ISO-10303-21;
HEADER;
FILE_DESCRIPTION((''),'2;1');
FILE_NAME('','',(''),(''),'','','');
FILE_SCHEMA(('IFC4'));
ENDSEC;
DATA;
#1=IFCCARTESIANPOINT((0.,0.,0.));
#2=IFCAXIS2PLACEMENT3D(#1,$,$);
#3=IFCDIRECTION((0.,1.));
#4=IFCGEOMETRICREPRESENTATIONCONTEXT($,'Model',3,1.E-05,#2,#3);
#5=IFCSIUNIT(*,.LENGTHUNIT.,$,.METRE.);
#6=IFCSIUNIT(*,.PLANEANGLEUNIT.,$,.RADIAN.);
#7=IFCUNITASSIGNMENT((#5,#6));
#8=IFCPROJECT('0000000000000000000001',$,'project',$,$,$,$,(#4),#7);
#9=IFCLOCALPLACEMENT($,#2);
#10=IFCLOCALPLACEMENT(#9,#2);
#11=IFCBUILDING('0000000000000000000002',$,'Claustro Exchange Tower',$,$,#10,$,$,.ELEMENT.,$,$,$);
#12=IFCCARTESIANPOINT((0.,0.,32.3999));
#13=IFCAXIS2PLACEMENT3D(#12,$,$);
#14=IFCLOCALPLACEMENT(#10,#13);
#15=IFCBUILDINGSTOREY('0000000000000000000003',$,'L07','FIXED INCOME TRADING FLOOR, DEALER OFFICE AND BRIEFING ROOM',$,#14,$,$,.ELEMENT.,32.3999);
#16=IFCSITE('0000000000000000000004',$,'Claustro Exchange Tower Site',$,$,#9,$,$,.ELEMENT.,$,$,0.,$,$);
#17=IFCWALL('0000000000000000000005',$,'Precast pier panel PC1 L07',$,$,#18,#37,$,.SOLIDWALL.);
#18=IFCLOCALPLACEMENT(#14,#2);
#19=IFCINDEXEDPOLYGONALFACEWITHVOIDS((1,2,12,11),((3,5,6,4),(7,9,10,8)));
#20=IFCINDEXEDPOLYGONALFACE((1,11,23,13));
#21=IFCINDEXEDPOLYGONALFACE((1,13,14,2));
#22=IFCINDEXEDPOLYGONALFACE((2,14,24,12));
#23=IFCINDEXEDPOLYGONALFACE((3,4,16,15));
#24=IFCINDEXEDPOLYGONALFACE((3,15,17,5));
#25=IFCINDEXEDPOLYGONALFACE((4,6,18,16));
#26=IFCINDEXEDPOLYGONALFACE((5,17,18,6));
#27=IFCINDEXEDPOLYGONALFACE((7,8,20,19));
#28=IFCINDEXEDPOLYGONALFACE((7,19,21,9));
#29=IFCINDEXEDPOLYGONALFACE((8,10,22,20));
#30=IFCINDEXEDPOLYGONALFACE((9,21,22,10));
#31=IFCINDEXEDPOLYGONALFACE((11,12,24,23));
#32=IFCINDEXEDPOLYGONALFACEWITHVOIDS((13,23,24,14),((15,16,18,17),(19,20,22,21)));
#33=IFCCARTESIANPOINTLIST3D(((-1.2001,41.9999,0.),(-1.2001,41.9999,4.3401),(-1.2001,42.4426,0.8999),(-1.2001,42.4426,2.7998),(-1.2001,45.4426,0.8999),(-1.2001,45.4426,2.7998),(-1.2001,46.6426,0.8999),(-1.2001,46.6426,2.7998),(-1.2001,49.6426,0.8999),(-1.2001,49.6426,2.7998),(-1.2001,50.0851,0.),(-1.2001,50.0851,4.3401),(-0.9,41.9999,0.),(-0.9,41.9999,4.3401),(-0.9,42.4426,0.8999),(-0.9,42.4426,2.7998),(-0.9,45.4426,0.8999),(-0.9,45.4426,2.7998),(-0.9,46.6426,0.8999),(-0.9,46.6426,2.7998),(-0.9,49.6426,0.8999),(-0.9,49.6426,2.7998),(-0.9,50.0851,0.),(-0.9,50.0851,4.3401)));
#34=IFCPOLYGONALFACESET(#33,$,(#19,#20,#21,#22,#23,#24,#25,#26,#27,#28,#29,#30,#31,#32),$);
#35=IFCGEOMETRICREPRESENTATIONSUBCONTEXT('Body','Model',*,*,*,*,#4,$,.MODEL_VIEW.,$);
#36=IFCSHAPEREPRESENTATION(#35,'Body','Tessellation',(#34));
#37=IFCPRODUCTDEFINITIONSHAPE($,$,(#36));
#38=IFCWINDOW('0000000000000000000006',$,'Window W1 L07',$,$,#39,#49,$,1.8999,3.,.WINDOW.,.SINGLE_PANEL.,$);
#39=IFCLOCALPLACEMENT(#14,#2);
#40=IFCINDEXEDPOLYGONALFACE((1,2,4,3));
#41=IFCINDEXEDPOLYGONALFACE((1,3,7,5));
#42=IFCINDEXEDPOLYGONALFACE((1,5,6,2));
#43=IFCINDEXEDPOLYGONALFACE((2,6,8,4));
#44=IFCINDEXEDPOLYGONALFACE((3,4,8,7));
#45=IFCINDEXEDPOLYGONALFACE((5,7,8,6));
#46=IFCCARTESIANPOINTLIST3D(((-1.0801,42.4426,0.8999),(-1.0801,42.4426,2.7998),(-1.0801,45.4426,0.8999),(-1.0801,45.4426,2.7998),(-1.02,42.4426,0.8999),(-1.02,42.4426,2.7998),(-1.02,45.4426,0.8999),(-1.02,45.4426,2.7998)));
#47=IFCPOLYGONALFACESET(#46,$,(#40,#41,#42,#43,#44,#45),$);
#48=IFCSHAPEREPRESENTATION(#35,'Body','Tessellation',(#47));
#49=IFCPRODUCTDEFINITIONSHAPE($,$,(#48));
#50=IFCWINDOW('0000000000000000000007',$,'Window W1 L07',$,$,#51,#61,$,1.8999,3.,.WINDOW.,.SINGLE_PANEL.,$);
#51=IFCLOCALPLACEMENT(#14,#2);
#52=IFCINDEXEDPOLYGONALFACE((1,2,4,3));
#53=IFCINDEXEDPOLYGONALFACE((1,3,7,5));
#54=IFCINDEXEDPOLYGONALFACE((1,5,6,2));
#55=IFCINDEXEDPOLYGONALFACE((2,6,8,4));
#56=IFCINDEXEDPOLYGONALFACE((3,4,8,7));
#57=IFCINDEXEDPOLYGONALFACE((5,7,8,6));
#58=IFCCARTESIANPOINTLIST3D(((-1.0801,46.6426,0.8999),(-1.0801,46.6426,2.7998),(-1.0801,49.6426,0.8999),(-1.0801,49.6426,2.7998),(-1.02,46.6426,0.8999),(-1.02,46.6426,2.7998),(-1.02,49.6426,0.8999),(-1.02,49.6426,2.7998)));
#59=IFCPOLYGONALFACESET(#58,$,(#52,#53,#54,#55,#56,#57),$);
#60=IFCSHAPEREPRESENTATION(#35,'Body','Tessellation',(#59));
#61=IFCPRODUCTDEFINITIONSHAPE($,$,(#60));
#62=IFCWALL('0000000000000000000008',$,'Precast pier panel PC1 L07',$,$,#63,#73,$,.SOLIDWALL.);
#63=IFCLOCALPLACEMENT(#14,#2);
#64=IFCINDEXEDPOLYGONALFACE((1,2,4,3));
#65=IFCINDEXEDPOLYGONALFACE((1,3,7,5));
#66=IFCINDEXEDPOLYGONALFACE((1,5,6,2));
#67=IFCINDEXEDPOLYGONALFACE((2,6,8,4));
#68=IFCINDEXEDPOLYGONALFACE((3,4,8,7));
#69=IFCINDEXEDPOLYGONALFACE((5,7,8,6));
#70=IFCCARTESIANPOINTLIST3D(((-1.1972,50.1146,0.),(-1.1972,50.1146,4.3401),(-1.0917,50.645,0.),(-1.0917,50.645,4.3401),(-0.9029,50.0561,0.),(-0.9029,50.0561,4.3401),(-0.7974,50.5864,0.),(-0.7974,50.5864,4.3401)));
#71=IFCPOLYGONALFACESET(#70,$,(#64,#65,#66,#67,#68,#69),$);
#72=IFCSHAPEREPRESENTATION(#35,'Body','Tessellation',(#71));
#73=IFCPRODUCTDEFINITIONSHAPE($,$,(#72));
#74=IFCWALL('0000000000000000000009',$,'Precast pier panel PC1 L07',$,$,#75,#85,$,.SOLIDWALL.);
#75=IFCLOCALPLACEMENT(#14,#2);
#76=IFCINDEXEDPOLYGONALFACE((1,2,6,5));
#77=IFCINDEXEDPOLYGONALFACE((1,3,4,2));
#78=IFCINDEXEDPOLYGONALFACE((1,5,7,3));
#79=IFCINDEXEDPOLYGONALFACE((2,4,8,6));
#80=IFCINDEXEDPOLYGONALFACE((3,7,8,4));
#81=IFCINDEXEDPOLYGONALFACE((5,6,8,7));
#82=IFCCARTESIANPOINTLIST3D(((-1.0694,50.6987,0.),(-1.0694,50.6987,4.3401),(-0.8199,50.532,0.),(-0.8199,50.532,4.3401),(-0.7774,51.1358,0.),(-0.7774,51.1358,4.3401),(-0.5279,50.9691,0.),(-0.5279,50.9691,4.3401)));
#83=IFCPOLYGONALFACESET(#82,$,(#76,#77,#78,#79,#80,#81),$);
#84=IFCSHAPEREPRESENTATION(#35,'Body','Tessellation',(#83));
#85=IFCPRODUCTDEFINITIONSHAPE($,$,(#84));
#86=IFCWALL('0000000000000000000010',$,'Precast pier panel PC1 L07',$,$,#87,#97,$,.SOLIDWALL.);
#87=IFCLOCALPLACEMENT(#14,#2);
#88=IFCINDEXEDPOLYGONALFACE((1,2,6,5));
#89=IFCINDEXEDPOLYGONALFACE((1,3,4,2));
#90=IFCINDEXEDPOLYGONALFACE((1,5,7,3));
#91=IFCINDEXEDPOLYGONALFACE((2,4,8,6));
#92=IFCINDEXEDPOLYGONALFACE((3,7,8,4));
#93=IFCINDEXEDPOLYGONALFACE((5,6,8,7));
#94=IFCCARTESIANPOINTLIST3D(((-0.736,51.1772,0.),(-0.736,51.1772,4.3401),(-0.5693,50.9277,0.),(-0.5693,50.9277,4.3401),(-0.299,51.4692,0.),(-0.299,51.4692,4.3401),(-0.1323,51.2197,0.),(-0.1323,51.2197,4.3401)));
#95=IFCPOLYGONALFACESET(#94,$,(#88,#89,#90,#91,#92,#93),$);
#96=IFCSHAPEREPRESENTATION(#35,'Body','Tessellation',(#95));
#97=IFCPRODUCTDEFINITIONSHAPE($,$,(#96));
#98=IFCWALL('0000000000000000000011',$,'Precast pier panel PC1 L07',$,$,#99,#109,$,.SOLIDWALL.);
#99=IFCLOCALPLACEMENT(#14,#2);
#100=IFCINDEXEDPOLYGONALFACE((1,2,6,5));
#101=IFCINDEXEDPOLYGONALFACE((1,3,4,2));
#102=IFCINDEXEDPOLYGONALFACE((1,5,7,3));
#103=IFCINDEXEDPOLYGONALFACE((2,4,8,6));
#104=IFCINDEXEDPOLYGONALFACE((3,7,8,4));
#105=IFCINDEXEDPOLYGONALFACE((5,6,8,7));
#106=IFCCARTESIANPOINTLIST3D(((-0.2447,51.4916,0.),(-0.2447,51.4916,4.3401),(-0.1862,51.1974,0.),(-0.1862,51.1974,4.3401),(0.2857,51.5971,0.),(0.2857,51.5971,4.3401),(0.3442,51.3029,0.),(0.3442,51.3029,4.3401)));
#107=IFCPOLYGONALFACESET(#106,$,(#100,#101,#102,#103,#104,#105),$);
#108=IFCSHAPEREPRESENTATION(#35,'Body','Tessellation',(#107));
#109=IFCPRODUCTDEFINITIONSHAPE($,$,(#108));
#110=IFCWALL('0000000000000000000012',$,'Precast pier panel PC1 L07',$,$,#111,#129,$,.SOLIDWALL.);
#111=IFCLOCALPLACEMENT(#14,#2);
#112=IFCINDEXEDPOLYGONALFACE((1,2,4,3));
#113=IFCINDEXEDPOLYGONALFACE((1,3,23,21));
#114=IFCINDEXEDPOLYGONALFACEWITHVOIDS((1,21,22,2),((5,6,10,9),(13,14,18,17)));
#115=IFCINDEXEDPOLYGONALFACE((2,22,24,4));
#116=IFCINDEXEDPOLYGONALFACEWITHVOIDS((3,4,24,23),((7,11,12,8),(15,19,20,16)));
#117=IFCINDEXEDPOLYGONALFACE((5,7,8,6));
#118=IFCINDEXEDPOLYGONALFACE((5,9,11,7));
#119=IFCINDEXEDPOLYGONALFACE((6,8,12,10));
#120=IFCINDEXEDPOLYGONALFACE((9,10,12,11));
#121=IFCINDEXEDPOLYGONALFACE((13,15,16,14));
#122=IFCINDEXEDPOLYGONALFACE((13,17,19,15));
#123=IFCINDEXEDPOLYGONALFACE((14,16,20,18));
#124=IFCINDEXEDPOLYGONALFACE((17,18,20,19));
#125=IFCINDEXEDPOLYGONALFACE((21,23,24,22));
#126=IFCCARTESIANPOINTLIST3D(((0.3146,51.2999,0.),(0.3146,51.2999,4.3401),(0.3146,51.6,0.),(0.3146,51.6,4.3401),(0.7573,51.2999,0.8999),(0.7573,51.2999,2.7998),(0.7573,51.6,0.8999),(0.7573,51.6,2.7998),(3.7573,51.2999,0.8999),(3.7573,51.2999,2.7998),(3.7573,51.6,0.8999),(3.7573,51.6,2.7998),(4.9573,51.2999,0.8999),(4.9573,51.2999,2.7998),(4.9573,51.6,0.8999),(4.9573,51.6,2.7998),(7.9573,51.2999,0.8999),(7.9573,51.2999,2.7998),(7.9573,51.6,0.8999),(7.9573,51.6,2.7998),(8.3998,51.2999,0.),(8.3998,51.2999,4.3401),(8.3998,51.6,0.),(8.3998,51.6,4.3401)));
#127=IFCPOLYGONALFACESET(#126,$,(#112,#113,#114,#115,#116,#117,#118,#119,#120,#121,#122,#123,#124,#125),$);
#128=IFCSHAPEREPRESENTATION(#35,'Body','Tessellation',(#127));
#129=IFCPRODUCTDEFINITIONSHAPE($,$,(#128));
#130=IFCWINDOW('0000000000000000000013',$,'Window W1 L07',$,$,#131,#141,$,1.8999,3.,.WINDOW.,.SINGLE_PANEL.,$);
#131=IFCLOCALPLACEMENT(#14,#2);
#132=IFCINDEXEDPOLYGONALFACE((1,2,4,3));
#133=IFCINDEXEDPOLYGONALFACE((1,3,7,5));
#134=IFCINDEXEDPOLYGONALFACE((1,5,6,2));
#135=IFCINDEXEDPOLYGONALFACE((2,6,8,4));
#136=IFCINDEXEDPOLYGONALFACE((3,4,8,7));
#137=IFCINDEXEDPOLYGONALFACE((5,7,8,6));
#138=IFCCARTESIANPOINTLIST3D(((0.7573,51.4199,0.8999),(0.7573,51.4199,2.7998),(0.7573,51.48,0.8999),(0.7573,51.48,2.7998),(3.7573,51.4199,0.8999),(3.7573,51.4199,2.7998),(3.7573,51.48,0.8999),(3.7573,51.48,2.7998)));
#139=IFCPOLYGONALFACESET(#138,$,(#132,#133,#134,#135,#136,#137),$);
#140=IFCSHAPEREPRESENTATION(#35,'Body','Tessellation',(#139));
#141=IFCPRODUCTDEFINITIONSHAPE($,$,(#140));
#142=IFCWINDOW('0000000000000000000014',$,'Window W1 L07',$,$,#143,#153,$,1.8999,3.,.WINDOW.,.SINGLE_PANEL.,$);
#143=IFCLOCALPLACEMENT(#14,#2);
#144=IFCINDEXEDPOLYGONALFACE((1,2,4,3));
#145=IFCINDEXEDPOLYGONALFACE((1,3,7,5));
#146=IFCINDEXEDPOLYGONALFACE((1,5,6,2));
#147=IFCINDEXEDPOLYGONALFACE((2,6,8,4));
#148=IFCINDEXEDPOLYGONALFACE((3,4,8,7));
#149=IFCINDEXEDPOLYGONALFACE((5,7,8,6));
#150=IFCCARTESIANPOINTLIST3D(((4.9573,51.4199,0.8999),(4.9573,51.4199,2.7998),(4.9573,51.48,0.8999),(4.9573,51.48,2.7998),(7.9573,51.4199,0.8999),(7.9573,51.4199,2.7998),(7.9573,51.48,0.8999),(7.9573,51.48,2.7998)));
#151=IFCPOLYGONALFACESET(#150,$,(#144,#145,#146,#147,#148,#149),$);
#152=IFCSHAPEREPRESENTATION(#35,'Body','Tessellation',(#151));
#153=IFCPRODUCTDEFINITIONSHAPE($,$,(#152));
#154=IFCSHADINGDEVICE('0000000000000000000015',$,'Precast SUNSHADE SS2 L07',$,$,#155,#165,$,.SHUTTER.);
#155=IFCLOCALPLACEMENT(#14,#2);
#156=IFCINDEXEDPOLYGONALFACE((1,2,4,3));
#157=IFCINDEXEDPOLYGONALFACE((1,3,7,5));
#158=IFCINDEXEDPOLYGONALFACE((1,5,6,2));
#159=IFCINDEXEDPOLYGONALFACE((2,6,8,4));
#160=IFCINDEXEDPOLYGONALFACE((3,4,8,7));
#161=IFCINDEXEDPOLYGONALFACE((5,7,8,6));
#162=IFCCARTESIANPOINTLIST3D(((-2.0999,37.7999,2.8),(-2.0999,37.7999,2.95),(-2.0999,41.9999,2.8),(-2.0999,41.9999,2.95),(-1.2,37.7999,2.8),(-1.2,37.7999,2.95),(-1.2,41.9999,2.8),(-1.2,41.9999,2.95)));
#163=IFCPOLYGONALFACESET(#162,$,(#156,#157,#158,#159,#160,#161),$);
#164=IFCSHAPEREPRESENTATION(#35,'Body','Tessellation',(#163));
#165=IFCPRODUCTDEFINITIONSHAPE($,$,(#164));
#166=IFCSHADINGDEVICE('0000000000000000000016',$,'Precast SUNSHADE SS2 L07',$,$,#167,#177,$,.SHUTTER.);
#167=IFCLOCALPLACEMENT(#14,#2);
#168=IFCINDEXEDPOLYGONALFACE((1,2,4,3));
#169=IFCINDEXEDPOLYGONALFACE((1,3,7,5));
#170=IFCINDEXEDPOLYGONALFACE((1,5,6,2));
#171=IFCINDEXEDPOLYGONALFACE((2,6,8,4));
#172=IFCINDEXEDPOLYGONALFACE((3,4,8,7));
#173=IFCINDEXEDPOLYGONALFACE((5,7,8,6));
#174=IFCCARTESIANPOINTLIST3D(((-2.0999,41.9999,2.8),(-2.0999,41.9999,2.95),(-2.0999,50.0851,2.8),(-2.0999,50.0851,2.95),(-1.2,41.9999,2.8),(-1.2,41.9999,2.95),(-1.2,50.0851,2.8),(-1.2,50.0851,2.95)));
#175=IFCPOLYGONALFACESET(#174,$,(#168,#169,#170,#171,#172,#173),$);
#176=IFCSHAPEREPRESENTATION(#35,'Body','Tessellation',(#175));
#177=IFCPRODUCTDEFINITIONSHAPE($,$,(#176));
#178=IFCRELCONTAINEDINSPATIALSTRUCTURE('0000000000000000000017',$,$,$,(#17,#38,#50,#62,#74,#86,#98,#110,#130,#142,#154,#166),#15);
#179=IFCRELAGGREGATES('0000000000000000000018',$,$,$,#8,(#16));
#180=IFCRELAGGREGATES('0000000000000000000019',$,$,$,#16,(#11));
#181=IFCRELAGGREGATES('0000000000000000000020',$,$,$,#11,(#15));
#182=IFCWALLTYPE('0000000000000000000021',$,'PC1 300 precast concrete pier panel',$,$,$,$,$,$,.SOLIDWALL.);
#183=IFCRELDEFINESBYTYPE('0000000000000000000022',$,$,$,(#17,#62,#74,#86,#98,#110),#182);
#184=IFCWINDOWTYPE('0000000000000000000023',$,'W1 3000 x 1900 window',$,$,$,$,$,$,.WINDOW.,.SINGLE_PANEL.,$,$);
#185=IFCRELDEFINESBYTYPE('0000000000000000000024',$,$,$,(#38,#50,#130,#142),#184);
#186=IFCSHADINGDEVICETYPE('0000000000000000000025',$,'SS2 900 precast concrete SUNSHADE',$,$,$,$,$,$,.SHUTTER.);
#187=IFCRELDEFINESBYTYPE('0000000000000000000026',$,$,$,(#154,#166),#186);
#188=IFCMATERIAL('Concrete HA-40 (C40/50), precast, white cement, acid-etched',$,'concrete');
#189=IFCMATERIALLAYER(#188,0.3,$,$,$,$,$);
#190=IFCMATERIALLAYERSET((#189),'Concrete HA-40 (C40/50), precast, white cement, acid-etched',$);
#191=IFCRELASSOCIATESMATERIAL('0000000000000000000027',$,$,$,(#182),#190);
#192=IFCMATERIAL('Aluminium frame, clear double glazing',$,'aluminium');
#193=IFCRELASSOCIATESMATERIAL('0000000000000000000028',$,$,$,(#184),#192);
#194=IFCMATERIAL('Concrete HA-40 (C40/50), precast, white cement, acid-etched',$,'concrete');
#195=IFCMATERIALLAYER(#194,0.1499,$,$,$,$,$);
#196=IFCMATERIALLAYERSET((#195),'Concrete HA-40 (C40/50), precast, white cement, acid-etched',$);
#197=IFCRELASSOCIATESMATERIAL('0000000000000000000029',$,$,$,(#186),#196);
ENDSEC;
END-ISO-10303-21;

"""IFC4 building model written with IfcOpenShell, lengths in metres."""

from ifc_helpers import new_model, si_unit, direction, frame, frame_2d, origin, origin_2d, place, context, subcontext, project, spatial, rectangle, extrude, material, layer, layer_set, type_object, element, fill, save


model = new_model("IFC4")

# Units and contexts
model_context = context("Model", 3, precision=1e-05, world=origin(), true_north=direction((0.0, 1.0)))
body_context = subcontext(model_context, "Body", "Model", "MODEL_VIEW")
ifc_project = project(units=[si_unit("LENGTHUNIT", "METRE"), si_unit("PLANEANGLEUNIT", "RADIAN")], contexts=[model_context])

# Site, building, storey
site_placement = place(None, origin())
site = spatial("IfcSite", under=ifc_project, at=site_placement, Name="Claustro Exchange Tower Site", CompositionType="ELEMENT", RefElevation=0.0)
building_placement = place(site_placement, origin())
building = spatial("IfcBuilding", under=site, at=building_placement, Name="Claustro Exchange Tower", CompositionType="ELEMENT")
storey_placement = place(building_placement, frame((0.0, 0.0, 32.3999)))
storey = spatial("IfcBuildingStorey", under=building, at=storey_placement, Name="L07", Description="FIXED INCOME TRADING FLOOR, DEALER OFFICE AND BRIEFING ROOM", CompositionType="ELEMENT", Elevation=32.3999)

# Wall, openings, windows
ifc_material_1 = material(Name="Concrete HA-40 (C40/50), precast, white cement, acid-etched", Category="concrete")
ifc_layer_1 = layer(ifc_material_1, 0.3)
ifc_layer_set_1 = layer_set([ifc_layer_1], Name="Concrete HA-40 (C40/50), precast, white cement, acid-etched")
wall_type_1 = type_object("IfcWallType", Name="PC1 300 precast concrete pier panel", PredefinedType="SOLIDWALL", material=ifc_layer_set_1)
wall_1_placement = place(storey_placement, frame((-1.05, 42.0, 0.0), z_axis=(0.0, 0.0, 1.0), x_axis=(0.0, 1.0, 0.0)))
wall_1 = element("IfcWall", 1, at=wall_1_placement, inside=storey, type_object=wall_type_1, Name="Precast pier panel PC1 L07", PredefinedType="SOLIDWALL", context=body_context, shape_type="SweptSolid", body=[
    extrude(rectangle(XDim=8.0852, YDim=0.3, at=frame_2d((4.0425, 0.0))), origin(), (0.0, 0.0, 1.0), 4.3401),
])
opening_1_placement = place(wall_1_placement, frame((0.4426, 0.0, 0.8999)))
opening_1 = element("IfcOpeningElement", 2, at=opening_1_placement, cuts=wall_1, PredefinedType="OPENING", context=body_context, shape_type="SweptSolid", body=[
    extrude(rectangle(XDim=3.0, YDim=1.8999, at=frame_2d((1.5, 0.95))), frame((0.0, 0.1599, 0.0), z_axis=(0.0, -1.0, 0.0), x_axis=(1.0, 0.0, 0.0)), (0.0, 0.0, 1.0), 0.3201),
])
opening_2_placement = place(wall_1_placement, frame((4.6426, 0.0, 0.8999)))
opening_2 = element("IfcOpeningElement", 3, at=opening_2_placement, cuts=wall_1, PredefinedType="OPENING", context=body_context, shape_type="SweptSolid", body=[
    extrude(rectangle(XDim=3.0, YDim=1.8999, at=frame_2d((1.5, 0.95))), frame((0.0, 0.1599, 0.0), z_axis=(0.0, -1.0, 0.0), x_axis=(1.0, 0.0, 0.0)), (0.0, 0.0, 1.0), 0.3201),
])
ifc_material_2 = material(Name="Aluminium frame, clear double glazing", Category="aluminium")
window_type = type_object("IfcWindowType", Name="W1 3000 x 1900 window", PartitioningType="SINGLE_PANEL", PredefinedType="WINDOW", material=ifc_material_2)
window_1_placement = place(opening_1_placement, origin())
window_1 = element("IfcWindow", 4, at=window_1_placement, inside=storey, type_object=window_type, Name="Window W1 L07", OverallHeight=1.8999, OverallWidth=3.0, PartitioningType="SINGLE_PANEL", PredefinedType="WINDOW", context=body_context, shape_type="SweptSolid", body=[
    extrude(rectangle(XDim=3.0, YDim=1.8999, at=frame_2d((1.5, 0.95))), frame((0.0, 0.03, 0.0), z_axis=(0.0, -1.0, 0.0), x_axis=(1.0, 0.0, 0.0)), (0.0, 0.0, 1.0), 0.0601),
])
fill(opening_1, window_1)
window_2_placement = place(opening_2_placement, origin())
window_2 = element("IfcWindow", 5, at=window_2_placement, inside=storey, type_object=window_type, Name="Window W1 L07", OverallHeight=1.8999, OverallWidth=3.0, PartitioningType="SINGLE_PANEL", PredefinedType="WINDOW", context=body_context, shape_type="SweptSolid", body=[
    extrude(rectangle(XDim=3.0, YDim=1.8999, at=frame_2d((1.5, 0.95))), frame((0.0, 0.03, 0.0), z_axis=(0.0, -1.0, 0.0), x_axis=(1.0, 0.0, 0.0)), (0.0, 0.0, 1.0), 0.0601),
])
fill(opening_2, window_2)

# Walls
wall_2_placement = place(storey_placement, frame((-1.05, 50.0852, 0.0), z_axis=(0.0, 0.0, 1.0), x_axis=(0.195074, 0.980789, 0.0)))
element("IfcWall", 6, at=wall_2_placement, inside=storey, type_object=wall_type_1, Name="Precast pier panel PC1 L07", PredefinedType="SOLIDWALL", context=body_context, shape_type="SweptSolid", body=[
    extrude(rectangle(XDim=0.5408, YDim=0.3, at=frame_2d((0.2705, 0.0))), origin(), (0.0, 0.0, 1.0), 4.3401),
])
for number, where, z_axis, x_axis, name in (
    (7, (-0.9446, 50.6155, 0.0), (0.0, 0.0, 1.0), (0.555557, 0.831478, 0.0), "Precast pier panel PC1 L07"),
    (8, (-0.6526, 51.0525, 0.0), (0.0, 0.0, 1.0), (0.831478, 0.555557, 0.0), "Precast pier panel PC1 L07"),
):
    element("IfcWall", number, at=place(storey_placement, frame(where, z_axis=z_axis, x_axis=x_axis)), inside=storey, type_object=wall_type_1, Name=name, PredefinedType="SOLIDWALL", context=body_context, shape_type="SweptSolid", body=[
        extrude(rectangle(XDim=0.5256, YDim=0.3, at=frame_2d((0.2627, 0.0))), origin(), (0.0, 0.0, 1.0), 4.3401),
    ])
wall_3_placement = place(storey_placement, frame((-0.2156, 51.3445, 0.0), z_axis=(0.0, 0.0, 1.0), x_axis=(0.980789, 0.195074, 0.0)))
element("IfcWall", 9, at=wall_3_placement, inside=storey, type_object=wall_type_1, Name="Precast pier panel PC1 L07", PredefinedType="SOLIDWALL", context=body_context, shape_type="SweptSolid", body=[
    extrude(rectangle(XDim=0.5408, YDim=0.3, at=frame_2d((0.2705, 0.0))), origin(), (0.0, 0.0, 1.0), 4.3401),
])

# Wall, openings, windows
wall_4_placement = place(storey_placement, frame((0.3147, 51.45, 0.0), z_axis=(0.0, 0.0, 1.0), x_axis=(1.0, 0.0, 0.0)))
wall_4 = element("IfcWall", 10, at=wall_4_placement, inside=storey, type_object=wall_type_1, Name="Precast pier panel PC1 L07", PredefinedType="SOLIDWALL", context=body_context, shape_type="SweptSolid", body=[
    extrude(rectangle(XDim=8.0852, YDim=0.3, at=frame_2d((4.0425, 0.0))), origin(), (0.0, 0.0, 1.0), 4.3401),
])
opening_3_placement = place(wall_4_placement, frame((0.4426, 0.0, 0.8999)))
opening_3 = element("IfcOpeningElement", 11, at=opening_3_placement, cuts=wall_4, PredefinedType="OPENING", context=body_context, shape_type="SweptSolid", body=[
    extrude(rectangle(XDim=3.0, YDim=1.8999, at=frame_2d((1.5, 0.95))), frame((0.0, 0.1599, 0.0), z_axis=(0.0, -1.0, 0.0), x_axis=(1.0, 0.0, 0.0)), (0.0, 0.0, 1.0), 0.3201),
])
opening_4_placement = place(wall_4_placement, frame((4.6426, 0.0, 0.8999)))
opening_4 = element("IfcOpeningElement", 12, at=opening_4_placement, cuts=wall_4, PredefinedType="OPENING", context=body_context, shape_type="SweptSolid", body=[
    extrude(rectangle(XDim=3.0, YDim=1.8999, at=frame_2d((1.5, 0.95))), frame((0.0, 0.1599, 0.0), z_axis=(0.0, -1.0, 0.0), x_axis=(1.0, 0.0, 0.0)), (0.0, 0.0, 1.0), 0.3201),
])
window_3_placement = place(opening_3_placement, origin())
window_3 = element("IfcWindow", 13, at=window_3_placement, inside=storey, type_object=window_type, Name="Window W1 L07", OverallHeight=1.8999, OverallWidth=3.0, PartitioningType="SINGLE_PANEL", PredefinedType="WINDOW", context=body_context, shape_type="SweptSolid", body=[
    extrude(rectangle(XDim=3.0, YDim=1.8999, at=frame_2d((1.5, 0.95))), frame((0.0, 0.03, 0.0), z_axis=(0.0, -1.0, 0.0), x_axis=(1.0, 0.0, 0.0)), (0.0, 0.0, 1.0), 0.0601),
])
fill(opening_3, window_3)
window_4_placement = place(opening_4_placement, origin())
window_4 = element("IfcWindow", 14, at=window_4_placement, inside=storey, type_object=window_type, Name="Window W1 L07", OverallHeight=1.8999, OverallWidth=3.0, PartitioningType="SINGLE_PANEL", PredefinedType="WINDOW", context=body_context, shape_type="SweptSolid", body=[
    extrude(rectangle(XDim=3.0, YDim=1.8999, at=frame_2d((1.5, 0.95))), frame((0.0, 0.03, 0.0), z_axis=(0.0, -1.0, 0.0), x_axis=(1.0, 0.0, 0.0)), (0.0, 0.0, 1.0), 0.0601),
])
fill(opening_4, window_4)

# Shading devices
ifc_material_3 = material(Name="Concrete HA-40 (C40/50), precast, white cement, acid-etched", Category="concrete")
ifc_layer_2 = layer(ifc_material_3, 0.1499)
ifc_layer_set_2 = layer_set([ifc_layer_2], Name="Concrete HA-40 (C40/50), precast, white cement, acid-etched")
shading_device_type = type_object("IfcShadingDeviceType", Name="SS2 900 precast concrete SUNSHADE", PredefinedType="SHUTTER", material=ifc_layer_set_2)
shading_device_1_placement = place(storey_placement, frame((-1.6499, 39.8999, 2.8), z_axis=(0.0, 0.0, 1.0), x_axis=(0.0, 1.0, 0.0)))
element("IfcShadingDevice", 15, at=shading_device_1_placement, inside=storey, type_object=shading_device_type, Name="Precast SUNSHADE SS2 L07", PredefinedType="SHUTTER", context=body_context, shape_type="SweptSolid", body=[
    extrude(rectangle(XDim=4.2, YDim=0.8999, at=origin_2d()), origin(), (0.0, 0.0, 1.0), 0.1499),
])
shading_device_2_placement = place(storey_placement, frame((-1.6499, 46.0425, 2.8), z_axis=(0.0, 0.0, 1.0), x_axis=(0.0, 1.0, 0.0)))
element("IfcShadingDevice", 16, at=shading_device_2_placement, inside=storey, type_object=shading_device_type, Name="Precast SUNSHADE SS2 L07", PredefinedType="SHUTTER", context=body_context, shape_type="SweptSolid", body=[
    extrude(rectangle(XDim=8.0852, YDim=0.8999, at=origin_2d()), origin(), (0.0, 0.0, 1.0), 0.1499),
])

save(model, "model.ifc")
